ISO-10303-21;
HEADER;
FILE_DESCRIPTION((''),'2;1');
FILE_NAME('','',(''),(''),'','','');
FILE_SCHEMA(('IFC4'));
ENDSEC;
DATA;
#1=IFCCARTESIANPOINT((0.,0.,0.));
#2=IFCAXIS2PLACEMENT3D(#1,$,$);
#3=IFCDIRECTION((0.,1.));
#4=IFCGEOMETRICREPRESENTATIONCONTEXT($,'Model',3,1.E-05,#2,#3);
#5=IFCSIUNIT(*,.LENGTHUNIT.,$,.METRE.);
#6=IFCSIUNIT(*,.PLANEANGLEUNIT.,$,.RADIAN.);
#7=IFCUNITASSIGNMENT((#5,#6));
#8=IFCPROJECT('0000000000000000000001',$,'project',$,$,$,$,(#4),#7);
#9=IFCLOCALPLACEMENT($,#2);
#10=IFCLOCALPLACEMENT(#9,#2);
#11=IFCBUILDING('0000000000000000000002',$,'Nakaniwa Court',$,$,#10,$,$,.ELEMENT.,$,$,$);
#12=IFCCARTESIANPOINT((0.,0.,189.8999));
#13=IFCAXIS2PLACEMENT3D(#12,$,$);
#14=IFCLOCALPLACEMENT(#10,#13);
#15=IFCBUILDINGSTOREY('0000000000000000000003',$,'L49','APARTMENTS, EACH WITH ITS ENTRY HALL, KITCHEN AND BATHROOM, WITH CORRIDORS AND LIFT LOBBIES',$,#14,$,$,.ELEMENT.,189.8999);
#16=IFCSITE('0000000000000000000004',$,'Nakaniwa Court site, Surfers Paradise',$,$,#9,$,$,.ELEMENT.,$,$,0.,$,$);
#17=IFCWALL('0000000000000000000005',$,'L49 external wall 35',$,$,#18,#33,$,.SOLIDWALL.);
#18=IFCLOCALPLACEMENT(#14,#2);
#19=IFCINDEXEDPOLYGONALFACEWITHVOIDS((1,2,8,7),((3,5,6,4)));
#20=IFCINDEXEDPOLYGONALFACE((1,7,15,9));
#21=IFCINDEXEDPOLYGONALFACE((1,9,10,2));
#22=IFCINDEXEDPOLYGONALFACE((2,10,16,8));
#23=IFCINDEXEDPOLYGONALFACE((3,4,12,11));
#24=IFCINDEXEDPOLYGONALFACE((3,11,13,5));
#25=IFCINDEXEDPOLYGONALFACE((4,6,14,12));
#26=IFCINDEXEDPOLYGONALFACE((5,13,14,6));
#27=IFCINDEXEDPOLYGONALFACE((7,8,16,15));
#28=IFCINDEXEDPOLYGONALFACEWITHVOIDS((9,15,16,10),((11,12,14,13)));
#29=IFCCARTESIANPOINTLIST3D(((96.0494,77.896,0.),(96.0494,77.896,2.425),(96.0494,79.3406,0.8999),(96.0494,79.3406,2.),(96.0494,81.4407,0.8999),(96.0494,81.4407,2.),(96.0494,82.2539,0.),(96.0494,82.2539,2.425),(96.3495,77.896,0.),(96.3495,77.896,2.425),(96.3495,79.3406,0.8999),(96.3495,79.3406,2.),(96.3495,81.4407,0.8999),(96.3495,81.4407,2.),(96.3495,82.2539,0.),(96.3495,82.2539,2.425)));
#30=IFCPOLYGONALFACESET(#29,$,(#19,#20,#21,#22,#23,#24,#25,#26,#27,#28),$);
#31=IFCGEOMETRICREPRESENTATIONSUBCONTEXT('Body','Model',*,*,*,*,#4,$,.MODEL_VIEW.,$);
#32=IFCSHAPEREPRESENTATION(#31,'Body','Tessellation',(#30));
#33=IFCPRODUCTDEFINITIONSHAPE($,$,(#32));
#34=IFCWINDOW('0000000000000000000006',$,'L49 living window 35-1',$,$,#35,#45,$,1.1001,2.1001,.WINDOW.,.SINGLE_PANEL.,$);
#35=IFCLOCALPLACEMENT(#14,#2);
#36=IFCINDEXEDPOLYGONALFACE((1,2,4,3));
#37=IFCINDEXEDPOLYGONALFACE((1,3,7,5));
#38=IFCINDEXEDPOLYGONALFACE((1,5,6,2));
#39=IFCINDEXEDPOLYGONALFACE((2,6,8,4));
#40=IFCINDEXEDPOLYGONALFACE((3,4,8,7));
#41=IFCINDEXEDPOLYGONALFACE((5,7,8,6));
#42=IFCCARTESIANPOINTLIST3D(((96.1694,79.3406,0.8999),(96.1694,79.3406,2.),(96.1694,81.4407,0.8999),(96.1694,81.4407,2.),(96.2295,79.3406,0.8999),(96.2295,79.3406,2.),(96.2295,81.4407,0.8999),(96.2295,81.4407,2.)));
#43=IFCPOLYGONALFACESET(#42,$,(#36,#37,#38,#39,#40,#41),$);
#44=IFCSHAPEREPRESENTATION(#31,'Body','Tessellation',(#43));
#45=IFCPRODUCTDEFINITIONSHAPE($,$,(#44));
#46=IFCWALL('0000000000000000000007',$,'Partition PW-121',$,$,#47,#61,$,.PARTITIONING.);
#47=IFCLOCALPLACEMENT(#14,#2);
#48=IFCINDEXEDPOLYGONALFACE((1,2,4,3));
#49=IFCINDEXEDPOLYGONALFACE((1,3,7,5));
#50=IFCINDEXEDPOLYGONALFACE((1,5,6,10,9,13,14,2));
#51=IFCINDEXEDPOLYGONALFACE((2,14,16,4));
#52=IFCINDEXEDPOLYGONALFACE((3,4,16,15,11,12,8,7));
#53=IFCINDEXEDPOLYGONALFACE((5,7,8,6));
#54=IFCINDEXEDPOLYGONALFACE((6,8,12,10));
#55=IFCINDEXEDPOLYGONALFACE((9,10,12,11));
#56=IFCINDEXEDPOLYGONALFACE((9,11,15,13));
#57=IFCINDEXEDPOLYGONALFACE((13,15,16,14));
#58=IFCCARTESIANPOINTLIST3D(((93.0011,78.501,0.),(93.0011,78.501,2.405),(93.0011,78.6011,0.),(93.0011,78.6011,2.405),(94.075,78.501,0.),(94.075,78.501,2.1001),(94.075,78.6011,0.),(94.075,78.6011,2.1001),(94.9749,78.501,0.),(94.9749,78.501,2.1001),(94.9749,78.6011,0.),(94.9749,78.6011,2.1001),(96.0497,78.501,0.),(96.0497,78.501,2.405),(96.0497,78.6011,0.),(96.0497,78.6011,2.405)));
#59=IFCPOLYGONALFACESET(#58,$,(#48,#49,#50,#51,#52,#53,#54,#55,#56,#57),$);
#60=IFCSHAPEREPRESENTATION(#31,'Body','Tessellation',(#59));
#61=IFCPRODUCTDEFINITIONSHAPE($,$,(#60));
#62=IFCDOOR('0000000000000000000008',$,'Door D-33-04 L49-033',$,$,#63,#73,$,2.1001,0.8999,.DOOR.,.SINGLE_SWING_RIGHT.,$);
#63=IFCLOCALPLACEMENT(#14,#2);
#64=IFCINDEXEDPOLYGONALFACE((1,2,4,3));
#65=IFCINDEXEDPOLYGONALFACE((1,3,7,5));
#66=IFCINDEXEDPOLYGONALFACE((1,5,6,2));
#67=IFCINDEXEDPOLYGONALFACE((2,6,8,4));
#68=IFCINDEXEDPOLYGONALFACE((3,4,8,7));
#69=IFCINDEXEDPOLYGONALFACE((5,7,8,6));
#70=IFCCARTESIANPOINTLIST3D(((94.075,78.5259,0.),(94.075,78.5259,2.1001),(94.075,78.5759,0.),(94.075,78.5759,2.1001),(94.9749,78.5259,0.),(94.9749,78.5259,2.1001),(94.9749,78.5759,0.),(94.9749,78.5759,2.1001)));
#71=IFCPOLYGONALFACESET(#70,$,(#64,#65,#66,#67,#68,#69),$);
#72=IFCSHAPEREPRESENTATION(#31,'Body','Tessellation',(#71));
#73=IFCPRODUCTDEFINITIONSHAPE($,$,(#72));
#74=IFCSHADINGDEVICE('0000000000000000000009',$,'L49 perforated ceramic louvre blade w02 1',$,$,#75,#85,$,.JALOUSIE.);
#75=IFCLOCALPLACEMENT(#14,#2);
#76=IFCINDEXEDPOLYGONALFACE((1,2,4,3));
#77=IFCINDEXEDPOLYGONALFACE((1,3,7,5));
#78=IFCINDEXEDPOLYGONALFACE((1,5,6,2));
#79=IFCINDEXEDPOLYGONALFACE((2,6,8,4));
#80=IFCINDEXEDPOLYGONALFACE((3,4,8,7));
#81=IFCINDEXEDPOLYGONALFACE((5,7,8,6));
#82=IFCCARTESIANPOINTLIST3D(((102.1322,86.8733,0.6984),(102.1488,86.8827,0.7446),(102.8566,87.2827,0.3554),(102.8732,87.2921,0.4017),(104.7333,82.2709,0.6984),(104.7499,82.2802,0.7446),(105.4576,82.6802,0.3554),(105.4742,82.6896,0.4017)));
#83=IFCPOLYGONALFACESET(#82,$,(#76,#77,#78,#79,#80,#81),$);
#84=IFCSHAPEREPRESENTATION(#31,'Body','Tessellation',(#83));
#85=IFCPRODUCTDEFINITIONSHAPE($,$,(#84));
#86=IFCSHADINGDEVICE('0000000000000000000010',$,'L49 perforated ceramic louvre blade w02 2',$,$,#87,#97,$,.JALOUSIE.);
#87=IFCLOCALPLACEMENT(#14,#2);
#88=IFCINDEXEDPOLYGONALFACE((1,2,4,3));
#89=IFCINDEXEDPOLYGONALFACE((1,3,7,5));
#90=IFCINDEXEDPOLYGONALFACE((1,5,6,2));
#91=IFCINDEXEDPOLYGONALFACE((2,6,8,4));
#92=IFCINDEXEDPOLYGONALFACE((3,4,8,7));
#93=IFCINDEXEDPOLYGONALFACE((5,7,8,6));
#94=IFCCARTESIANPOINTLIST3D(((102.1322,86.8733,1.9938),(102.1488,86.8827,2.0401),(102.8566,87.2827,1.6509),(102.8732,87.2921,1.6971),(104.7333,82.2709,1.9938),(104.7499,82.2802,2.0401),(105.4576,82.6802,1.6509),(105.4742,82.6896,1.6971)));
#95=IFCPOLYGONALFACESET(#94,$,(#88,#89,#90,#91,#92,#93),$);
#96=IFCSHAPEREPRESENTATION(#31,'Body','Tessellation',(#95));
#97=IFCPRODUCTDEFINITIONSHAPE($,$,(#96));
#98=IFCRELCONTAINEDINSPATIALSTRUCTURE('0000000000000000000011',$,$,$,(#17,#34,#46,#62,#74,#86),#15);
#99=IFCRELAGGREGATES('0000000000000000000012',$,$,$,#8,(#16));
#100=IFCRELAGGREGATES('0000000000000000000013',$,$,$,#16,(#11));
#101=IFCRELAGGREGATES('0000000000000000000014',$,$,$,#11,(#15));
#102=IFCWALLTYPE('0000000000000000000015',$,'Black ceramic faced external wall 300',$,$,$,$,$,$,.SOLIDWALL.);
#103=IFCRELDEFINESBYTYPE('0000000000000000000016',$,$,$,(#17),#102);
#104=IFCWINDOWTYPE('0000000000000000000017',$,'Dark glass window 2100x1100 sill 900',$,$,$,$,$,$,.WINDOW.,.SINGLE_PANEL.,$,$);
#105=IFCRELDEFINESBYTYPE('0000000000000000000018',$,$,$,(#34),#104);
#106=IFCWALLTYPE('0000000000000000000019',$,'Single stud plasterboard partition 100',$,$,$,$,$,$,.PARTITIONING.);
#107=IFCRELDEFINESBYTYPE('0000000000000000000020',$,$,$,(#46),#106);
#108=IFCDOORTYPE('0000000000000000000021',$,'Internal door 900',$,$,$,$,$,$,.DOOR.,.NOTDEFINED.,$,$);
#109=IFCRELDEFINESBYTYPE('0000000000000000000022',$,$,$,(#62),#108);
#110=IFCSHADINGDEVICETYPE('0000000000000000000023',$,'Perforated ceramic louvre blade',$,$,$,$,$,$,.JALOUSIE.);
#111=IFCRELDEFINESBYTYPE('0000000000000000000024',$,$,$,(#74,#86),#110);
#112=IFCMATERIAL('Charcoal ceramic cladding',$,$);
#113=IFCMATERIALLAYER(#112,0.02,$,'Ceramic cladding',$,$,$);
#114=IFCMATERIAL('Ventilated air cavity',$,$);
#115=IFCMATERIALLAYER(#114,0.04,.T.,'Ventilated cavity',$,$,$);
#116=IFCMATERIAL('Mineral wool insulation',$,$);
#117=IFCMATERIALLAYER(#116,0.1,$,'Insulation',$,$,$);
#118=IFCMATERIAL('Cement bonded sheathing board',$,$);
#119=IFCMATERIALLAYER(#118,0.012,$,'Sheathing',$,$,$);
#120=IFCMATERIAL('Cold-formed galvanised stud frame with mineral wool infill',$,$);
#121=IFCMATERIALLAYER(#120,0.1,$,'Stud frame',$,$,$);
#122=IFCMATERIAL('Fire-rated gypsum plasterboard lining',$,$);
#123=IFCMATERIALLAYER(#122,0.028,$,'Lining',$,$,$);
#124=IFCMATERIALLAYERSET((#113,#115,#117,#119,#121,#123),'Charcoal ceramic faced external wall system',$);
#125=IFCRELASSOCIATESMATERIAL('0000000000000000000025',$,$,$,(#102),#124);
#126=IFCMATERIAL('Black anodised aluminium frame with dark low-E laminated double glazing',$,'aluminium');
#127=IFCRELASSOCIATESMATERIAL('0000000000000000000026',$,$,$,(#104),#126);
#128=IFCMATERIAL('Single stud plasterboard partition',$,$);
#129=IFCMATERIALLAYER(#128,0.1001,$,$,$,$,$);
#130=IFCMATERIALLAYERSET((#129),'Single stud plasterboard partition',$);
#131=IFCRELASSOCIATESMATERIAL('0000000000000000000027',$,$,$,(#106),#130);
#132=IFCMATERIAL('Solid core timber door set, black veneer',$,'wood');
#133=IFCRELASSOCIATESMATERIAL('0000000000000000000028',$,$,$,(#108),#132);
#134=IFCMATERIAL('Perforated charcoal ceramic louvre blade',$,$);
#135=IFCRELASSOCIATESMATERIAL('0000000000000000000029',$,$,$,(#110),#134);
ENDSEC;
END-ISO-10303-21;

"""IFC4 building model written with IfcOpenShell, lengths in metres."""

from ifc_helpers import new_model, si_unit, direction, frame, frame_2d, origin, origin_2d, place, context, subcontext, project, spatial, rectangle, extrude, material, layer, layer_set, material_profile, profile_set, type_object, element, fill, save


model = new_model("IFC4")

# Units and contexts
model_context = context("Model", 3, precision=1e-05, world=origin(), true_north=direction((0.0, 1.0)))
body_context = subcontext(model_context, "Body", "Model", "MODEL_VIEW")
ifc_project = project(units=[si_unit("LENGTHUNIT", "METRE"), si_unit("PLANEANGLEUNIT", "RADIAN")], contexts=[model_context])

# Site, building, storey
site_placement = place(None, origin())
site = spatial("IfcSite", under=ifc_project, at=site_placement, Name="Nakaniwa Court site, Surfers Paradise", CompositionType="ELEMENT", RefElevation=0.0)
building_placement = place(site_placement, origin())
building = spatial("IfcBuilding", under=site, at=building_placement, Name="Nakaniwa Court", CompositionType="ELEMENT")
storey_placement = place(building_placement, frame((0.0, 0.0, 189.8999)))
storey = spatial("IfcBuildingStorey", under=building, at=storey_placement, Name="L49", Description="APARTMENTS, EACH WITH ITS ENTRY HALL, KITCHEN AND BATHROOM, WITH CORRIDORS AND LIFT LOBBIES", CompositionType="ELEMENT", Elevation=189.8999)

# Shared definitions
ifc_material_1 = material(Name="Charcoal ceramic cladding")
ifc_layer_1 = layer(ifc_material_1, 0.02, Name="Ceramic cladding")
ifc_material_2 = material(Name="Ventilated air cavity")
ifc_layer_2 = layer(ifc_material_2, 0.04, ventilated=True, Name="Ventilated cavity")
ifc_material_3 = material(Name="Mineral wool insulation")
ifc_layer_3 = layer(ifc_material_3, 0.1, Name="Insulation")
ifc_material_4 = material(Name="Cement bonded sheathing board")
ifc_layer_4 = layer(ifc_material_4, 0.012, Name="Sheathing")
ifc_material_5 = material(Name="Cold-formed galvanised stud frame with mineral wool infill")
ifc_layer_5 = layer(ifc_material_5, 0.1, Name="Stud frame")
ifc_material_6 = material(Name="Fire-rated gypsum plasterboard lining")
ifc_layer_6 = layer(ifc_material_6, 0.028, Name="Lining")
ifc_layer_set_1 = layer_set([ifc_layer_1, ifc_layer_2, ifc_layer_3, ifc_layer_4, ifc_layer_5, ifc_layer_6], Name="Charcoal ceramic faced external wall system")
wall_type_1 = type_object("IfcWallType", Name="Black ceramic faced external wall 300", PredefinedType="SOLIDWALL", material=ifc_layer_set_1)

# Shared definitions
ifc_material_7 = material(Name="Black anodised aluminium frame with dark low-E laminated double glazing", Category="aluminium")

# Wall, opening, window
wall_1_placement = place(storey_placement, frame((96.1995, 77.896, 0.0), z_axis=(0.0, 0.0, 1.0), x_axis=(0.0, 1.0, 0.0)))
wall_1 = element("IfcWall", 1, at=wall_1_placement, inside=storey, type_object=wall_type_1, Name="L49 external wall 35", PredefinedType="SOLIDWALL", context=body_context, shape_type="SweptSolid", body=[
    extrude(rectangle(XDim=4.3579, YDim=0.3, at=frame_2d((2.179, 0.0))), origin(), (0.0, 0.0, 1.0), 2.425),
])
opening_1_placement = place(wall_1_placement, frame((1.4446, 0.0, 0.8999)))
opening_1 = element("IfcOpeningElement", 2, at=opening_1_placement, cuts=wall_1, PredefinedType="OPENING", context=body_context, shape_type="SweptSolid", body=[
    extrude(rectangle(XDim=2.1001, YDim=1.1001, at=frame_2d((1.05, 0.55))), frame((0.0, 0.1599, 0.0), z_axis=(0.0, -1.0, 0.0), x_axis=(1.0, 0.0, 0.0)), (0.0, 0.0, 1.0), 0.3201),
])
window_type_1 = type_object("IfcWindowType", Name="Dark glass window 2100x1100 sill 900", PartitioningType="SINGLE_PANEL", PredefinedType="WINDOW", material=ifc_material_7)
window_1_placement = place(opening_1_placement, origin())
window_1 = element("IfcWindow", 3, at=window_1_placement, inside=storey, type_object=window_type_1, Name="L49 living window 35-1", OverallHeight=1.1001, OverallWidth=2.1001, PartitioningType="SINGLE_PANEL", PredefinedType="WINDOW", context=body_context, shape_type="SweptSolid", body=[
    extrude(rectangle(XDim=2.1001, YDim=1.1001, at=frame_2d((1.05, 0.55))), frame((0.0, 0.03, 0.0), z_axis=(0.0, -1.0, 0.0), x_axis=(1.0, 0.0, 0.0)), (0.0, 0.0, 1.0), 0.0601),
])
fill(opening_1, window_1)

# Wall, opening, door
ifc_material_8 = material(Name="Single stud plasterboard partition")
ifc_layer_7 = layer(ifc_material_8, 0.1001)
ifc_layer_set_2 = layer_set([ifc_layer_7], Name="Single stud plasterboard partition")
wall_type_2 = type_object("IfcWallType", Name="Single stud plasterboard partition 100", PredefinedType="PARTITIONING", material=ifc_layer_set_2)
wall_2_placement = place(storey_placement, frame((93.001, 78.551, 0.0), z_axis=(0.0, 0.0, 1.0), x_axis=(1.0, 0.0, 0.0)))
wall_2 = element("IfcWall", 4, at=wall_2_placement, inside=storey, type_object=wall_type_2, Name="Partition PW-121", PredefinedType="PARTITIONING", context=body_context, shape_type="SweptSolid", body=[
    extrude(rectangle(XDim=3.0486, YDim=0.1001, at=frame_2d((1.5244, 0.0))), origin(), (0.0, 0.0, 1.0), 2.405),
])
opening_2_placement = place(wall_2_placement, frame((1.074, 0.0, 0.0)))
opening_2 = element("IfcOpeningElement", 5, at=opening_2_placement, cuts=wall_2, PredefinedType="OPENING", context=body_context, shape_type="SweptSolid", body=[
    extrude(rectangle(XDim=0.8999, YDim=2.1001, at=frame_2d((0.45, 1.05))), frame((0.0, 0.0601, 0.0), z_axis=(0.0, -1.0, 0.0), x_axis=(1.0, 0.0, 0.0)), (0.0, 0.0, 1.0), 0.1201),
])
ifc_material_9 = material(Name="Solid core timber door set, black veneer", Category="wood")
door_type = type_object("IfcDoorType", Name="Internal door 900", OperationType="NOTDEFINED", PredefinedType="DOOR", material=ifc_material_9)
door_placement = place(opening_2_placement, origin())
door = element("IfcDoor", 6, at=door_placement, inside=storey, type_object=door_type, Name="Door D-33-04 L49-033", OperationType="SINGLE_SWING_RIGHT", OverallHeight=2.1001, OverallWidth=0.8999, PredefinedType="DOOR", context=body_context, shape_type="SweptSolid", body=[
    extrude(rectangle(XDim=0.8999, YDim=2.1001, at=frame_2d((0.45, 1.05))), frame((0.0, 0.0249, 0.0), z_axis=(0.0, -1.0, 0.0), x_axis=(1.0, 0.0, 0.0)), (0.0, 0.0, 1.0), 0.05),
])
fill(opening_2, door)

# Shading devices
ifc_material_10 = material(Name="Perforated charcoal ceramic louvre blade")
ifc_material_profile_1 = material_profile(ifc_material_10, rectangle(XDim=0.8999, YDim=0.05, at=origin_2d()), Name="Perforated ceramic louvre blade")
ifc_profile_set_1 = profile_set([ifc_material_profile_1], Name="Perforated charcoal ceramic louvre blade")
shading_device_type = type_object("IfcShadingDeviceType", Name="Perforated ceramic louvre blade", PredefinedType="JALOUSIE", material=ifc_profile_set_1)
for number, where, z_axis, x_axis, name in (
    (7, (105.1038, 82.4802, 0.55), (-0.492006, 0.870592, 0.0), (-0.804902, -0.454882, 0.38107), "L49 perforated ceramic louvre blade w02 1"),
    (8, (105.1038, 82.4802, 1.8455), (-0.492006, 0.870592, 0.0), (-0.804902, -0.454882, 0.38107), "L49 perforated ceramic louvre blade w02 2"),
):
    element("IfcShadingDevice", number, at=place(storey_placement, frame(where, z_axis=z_axis, x_axis=x_axis)), inside=storey, type_object=shading_device_type, Name=name, PredefinedType="JALOUSIE", context=body_context, shape_type="SweptSolid", body=[
        extrude(rectangle(XDim=0.8999, YDim=0.05, at=origin_2d()), origin(), (0.0, 0.0, 1.0), 5.2866),
    ])

save(model, "model.ifc")
